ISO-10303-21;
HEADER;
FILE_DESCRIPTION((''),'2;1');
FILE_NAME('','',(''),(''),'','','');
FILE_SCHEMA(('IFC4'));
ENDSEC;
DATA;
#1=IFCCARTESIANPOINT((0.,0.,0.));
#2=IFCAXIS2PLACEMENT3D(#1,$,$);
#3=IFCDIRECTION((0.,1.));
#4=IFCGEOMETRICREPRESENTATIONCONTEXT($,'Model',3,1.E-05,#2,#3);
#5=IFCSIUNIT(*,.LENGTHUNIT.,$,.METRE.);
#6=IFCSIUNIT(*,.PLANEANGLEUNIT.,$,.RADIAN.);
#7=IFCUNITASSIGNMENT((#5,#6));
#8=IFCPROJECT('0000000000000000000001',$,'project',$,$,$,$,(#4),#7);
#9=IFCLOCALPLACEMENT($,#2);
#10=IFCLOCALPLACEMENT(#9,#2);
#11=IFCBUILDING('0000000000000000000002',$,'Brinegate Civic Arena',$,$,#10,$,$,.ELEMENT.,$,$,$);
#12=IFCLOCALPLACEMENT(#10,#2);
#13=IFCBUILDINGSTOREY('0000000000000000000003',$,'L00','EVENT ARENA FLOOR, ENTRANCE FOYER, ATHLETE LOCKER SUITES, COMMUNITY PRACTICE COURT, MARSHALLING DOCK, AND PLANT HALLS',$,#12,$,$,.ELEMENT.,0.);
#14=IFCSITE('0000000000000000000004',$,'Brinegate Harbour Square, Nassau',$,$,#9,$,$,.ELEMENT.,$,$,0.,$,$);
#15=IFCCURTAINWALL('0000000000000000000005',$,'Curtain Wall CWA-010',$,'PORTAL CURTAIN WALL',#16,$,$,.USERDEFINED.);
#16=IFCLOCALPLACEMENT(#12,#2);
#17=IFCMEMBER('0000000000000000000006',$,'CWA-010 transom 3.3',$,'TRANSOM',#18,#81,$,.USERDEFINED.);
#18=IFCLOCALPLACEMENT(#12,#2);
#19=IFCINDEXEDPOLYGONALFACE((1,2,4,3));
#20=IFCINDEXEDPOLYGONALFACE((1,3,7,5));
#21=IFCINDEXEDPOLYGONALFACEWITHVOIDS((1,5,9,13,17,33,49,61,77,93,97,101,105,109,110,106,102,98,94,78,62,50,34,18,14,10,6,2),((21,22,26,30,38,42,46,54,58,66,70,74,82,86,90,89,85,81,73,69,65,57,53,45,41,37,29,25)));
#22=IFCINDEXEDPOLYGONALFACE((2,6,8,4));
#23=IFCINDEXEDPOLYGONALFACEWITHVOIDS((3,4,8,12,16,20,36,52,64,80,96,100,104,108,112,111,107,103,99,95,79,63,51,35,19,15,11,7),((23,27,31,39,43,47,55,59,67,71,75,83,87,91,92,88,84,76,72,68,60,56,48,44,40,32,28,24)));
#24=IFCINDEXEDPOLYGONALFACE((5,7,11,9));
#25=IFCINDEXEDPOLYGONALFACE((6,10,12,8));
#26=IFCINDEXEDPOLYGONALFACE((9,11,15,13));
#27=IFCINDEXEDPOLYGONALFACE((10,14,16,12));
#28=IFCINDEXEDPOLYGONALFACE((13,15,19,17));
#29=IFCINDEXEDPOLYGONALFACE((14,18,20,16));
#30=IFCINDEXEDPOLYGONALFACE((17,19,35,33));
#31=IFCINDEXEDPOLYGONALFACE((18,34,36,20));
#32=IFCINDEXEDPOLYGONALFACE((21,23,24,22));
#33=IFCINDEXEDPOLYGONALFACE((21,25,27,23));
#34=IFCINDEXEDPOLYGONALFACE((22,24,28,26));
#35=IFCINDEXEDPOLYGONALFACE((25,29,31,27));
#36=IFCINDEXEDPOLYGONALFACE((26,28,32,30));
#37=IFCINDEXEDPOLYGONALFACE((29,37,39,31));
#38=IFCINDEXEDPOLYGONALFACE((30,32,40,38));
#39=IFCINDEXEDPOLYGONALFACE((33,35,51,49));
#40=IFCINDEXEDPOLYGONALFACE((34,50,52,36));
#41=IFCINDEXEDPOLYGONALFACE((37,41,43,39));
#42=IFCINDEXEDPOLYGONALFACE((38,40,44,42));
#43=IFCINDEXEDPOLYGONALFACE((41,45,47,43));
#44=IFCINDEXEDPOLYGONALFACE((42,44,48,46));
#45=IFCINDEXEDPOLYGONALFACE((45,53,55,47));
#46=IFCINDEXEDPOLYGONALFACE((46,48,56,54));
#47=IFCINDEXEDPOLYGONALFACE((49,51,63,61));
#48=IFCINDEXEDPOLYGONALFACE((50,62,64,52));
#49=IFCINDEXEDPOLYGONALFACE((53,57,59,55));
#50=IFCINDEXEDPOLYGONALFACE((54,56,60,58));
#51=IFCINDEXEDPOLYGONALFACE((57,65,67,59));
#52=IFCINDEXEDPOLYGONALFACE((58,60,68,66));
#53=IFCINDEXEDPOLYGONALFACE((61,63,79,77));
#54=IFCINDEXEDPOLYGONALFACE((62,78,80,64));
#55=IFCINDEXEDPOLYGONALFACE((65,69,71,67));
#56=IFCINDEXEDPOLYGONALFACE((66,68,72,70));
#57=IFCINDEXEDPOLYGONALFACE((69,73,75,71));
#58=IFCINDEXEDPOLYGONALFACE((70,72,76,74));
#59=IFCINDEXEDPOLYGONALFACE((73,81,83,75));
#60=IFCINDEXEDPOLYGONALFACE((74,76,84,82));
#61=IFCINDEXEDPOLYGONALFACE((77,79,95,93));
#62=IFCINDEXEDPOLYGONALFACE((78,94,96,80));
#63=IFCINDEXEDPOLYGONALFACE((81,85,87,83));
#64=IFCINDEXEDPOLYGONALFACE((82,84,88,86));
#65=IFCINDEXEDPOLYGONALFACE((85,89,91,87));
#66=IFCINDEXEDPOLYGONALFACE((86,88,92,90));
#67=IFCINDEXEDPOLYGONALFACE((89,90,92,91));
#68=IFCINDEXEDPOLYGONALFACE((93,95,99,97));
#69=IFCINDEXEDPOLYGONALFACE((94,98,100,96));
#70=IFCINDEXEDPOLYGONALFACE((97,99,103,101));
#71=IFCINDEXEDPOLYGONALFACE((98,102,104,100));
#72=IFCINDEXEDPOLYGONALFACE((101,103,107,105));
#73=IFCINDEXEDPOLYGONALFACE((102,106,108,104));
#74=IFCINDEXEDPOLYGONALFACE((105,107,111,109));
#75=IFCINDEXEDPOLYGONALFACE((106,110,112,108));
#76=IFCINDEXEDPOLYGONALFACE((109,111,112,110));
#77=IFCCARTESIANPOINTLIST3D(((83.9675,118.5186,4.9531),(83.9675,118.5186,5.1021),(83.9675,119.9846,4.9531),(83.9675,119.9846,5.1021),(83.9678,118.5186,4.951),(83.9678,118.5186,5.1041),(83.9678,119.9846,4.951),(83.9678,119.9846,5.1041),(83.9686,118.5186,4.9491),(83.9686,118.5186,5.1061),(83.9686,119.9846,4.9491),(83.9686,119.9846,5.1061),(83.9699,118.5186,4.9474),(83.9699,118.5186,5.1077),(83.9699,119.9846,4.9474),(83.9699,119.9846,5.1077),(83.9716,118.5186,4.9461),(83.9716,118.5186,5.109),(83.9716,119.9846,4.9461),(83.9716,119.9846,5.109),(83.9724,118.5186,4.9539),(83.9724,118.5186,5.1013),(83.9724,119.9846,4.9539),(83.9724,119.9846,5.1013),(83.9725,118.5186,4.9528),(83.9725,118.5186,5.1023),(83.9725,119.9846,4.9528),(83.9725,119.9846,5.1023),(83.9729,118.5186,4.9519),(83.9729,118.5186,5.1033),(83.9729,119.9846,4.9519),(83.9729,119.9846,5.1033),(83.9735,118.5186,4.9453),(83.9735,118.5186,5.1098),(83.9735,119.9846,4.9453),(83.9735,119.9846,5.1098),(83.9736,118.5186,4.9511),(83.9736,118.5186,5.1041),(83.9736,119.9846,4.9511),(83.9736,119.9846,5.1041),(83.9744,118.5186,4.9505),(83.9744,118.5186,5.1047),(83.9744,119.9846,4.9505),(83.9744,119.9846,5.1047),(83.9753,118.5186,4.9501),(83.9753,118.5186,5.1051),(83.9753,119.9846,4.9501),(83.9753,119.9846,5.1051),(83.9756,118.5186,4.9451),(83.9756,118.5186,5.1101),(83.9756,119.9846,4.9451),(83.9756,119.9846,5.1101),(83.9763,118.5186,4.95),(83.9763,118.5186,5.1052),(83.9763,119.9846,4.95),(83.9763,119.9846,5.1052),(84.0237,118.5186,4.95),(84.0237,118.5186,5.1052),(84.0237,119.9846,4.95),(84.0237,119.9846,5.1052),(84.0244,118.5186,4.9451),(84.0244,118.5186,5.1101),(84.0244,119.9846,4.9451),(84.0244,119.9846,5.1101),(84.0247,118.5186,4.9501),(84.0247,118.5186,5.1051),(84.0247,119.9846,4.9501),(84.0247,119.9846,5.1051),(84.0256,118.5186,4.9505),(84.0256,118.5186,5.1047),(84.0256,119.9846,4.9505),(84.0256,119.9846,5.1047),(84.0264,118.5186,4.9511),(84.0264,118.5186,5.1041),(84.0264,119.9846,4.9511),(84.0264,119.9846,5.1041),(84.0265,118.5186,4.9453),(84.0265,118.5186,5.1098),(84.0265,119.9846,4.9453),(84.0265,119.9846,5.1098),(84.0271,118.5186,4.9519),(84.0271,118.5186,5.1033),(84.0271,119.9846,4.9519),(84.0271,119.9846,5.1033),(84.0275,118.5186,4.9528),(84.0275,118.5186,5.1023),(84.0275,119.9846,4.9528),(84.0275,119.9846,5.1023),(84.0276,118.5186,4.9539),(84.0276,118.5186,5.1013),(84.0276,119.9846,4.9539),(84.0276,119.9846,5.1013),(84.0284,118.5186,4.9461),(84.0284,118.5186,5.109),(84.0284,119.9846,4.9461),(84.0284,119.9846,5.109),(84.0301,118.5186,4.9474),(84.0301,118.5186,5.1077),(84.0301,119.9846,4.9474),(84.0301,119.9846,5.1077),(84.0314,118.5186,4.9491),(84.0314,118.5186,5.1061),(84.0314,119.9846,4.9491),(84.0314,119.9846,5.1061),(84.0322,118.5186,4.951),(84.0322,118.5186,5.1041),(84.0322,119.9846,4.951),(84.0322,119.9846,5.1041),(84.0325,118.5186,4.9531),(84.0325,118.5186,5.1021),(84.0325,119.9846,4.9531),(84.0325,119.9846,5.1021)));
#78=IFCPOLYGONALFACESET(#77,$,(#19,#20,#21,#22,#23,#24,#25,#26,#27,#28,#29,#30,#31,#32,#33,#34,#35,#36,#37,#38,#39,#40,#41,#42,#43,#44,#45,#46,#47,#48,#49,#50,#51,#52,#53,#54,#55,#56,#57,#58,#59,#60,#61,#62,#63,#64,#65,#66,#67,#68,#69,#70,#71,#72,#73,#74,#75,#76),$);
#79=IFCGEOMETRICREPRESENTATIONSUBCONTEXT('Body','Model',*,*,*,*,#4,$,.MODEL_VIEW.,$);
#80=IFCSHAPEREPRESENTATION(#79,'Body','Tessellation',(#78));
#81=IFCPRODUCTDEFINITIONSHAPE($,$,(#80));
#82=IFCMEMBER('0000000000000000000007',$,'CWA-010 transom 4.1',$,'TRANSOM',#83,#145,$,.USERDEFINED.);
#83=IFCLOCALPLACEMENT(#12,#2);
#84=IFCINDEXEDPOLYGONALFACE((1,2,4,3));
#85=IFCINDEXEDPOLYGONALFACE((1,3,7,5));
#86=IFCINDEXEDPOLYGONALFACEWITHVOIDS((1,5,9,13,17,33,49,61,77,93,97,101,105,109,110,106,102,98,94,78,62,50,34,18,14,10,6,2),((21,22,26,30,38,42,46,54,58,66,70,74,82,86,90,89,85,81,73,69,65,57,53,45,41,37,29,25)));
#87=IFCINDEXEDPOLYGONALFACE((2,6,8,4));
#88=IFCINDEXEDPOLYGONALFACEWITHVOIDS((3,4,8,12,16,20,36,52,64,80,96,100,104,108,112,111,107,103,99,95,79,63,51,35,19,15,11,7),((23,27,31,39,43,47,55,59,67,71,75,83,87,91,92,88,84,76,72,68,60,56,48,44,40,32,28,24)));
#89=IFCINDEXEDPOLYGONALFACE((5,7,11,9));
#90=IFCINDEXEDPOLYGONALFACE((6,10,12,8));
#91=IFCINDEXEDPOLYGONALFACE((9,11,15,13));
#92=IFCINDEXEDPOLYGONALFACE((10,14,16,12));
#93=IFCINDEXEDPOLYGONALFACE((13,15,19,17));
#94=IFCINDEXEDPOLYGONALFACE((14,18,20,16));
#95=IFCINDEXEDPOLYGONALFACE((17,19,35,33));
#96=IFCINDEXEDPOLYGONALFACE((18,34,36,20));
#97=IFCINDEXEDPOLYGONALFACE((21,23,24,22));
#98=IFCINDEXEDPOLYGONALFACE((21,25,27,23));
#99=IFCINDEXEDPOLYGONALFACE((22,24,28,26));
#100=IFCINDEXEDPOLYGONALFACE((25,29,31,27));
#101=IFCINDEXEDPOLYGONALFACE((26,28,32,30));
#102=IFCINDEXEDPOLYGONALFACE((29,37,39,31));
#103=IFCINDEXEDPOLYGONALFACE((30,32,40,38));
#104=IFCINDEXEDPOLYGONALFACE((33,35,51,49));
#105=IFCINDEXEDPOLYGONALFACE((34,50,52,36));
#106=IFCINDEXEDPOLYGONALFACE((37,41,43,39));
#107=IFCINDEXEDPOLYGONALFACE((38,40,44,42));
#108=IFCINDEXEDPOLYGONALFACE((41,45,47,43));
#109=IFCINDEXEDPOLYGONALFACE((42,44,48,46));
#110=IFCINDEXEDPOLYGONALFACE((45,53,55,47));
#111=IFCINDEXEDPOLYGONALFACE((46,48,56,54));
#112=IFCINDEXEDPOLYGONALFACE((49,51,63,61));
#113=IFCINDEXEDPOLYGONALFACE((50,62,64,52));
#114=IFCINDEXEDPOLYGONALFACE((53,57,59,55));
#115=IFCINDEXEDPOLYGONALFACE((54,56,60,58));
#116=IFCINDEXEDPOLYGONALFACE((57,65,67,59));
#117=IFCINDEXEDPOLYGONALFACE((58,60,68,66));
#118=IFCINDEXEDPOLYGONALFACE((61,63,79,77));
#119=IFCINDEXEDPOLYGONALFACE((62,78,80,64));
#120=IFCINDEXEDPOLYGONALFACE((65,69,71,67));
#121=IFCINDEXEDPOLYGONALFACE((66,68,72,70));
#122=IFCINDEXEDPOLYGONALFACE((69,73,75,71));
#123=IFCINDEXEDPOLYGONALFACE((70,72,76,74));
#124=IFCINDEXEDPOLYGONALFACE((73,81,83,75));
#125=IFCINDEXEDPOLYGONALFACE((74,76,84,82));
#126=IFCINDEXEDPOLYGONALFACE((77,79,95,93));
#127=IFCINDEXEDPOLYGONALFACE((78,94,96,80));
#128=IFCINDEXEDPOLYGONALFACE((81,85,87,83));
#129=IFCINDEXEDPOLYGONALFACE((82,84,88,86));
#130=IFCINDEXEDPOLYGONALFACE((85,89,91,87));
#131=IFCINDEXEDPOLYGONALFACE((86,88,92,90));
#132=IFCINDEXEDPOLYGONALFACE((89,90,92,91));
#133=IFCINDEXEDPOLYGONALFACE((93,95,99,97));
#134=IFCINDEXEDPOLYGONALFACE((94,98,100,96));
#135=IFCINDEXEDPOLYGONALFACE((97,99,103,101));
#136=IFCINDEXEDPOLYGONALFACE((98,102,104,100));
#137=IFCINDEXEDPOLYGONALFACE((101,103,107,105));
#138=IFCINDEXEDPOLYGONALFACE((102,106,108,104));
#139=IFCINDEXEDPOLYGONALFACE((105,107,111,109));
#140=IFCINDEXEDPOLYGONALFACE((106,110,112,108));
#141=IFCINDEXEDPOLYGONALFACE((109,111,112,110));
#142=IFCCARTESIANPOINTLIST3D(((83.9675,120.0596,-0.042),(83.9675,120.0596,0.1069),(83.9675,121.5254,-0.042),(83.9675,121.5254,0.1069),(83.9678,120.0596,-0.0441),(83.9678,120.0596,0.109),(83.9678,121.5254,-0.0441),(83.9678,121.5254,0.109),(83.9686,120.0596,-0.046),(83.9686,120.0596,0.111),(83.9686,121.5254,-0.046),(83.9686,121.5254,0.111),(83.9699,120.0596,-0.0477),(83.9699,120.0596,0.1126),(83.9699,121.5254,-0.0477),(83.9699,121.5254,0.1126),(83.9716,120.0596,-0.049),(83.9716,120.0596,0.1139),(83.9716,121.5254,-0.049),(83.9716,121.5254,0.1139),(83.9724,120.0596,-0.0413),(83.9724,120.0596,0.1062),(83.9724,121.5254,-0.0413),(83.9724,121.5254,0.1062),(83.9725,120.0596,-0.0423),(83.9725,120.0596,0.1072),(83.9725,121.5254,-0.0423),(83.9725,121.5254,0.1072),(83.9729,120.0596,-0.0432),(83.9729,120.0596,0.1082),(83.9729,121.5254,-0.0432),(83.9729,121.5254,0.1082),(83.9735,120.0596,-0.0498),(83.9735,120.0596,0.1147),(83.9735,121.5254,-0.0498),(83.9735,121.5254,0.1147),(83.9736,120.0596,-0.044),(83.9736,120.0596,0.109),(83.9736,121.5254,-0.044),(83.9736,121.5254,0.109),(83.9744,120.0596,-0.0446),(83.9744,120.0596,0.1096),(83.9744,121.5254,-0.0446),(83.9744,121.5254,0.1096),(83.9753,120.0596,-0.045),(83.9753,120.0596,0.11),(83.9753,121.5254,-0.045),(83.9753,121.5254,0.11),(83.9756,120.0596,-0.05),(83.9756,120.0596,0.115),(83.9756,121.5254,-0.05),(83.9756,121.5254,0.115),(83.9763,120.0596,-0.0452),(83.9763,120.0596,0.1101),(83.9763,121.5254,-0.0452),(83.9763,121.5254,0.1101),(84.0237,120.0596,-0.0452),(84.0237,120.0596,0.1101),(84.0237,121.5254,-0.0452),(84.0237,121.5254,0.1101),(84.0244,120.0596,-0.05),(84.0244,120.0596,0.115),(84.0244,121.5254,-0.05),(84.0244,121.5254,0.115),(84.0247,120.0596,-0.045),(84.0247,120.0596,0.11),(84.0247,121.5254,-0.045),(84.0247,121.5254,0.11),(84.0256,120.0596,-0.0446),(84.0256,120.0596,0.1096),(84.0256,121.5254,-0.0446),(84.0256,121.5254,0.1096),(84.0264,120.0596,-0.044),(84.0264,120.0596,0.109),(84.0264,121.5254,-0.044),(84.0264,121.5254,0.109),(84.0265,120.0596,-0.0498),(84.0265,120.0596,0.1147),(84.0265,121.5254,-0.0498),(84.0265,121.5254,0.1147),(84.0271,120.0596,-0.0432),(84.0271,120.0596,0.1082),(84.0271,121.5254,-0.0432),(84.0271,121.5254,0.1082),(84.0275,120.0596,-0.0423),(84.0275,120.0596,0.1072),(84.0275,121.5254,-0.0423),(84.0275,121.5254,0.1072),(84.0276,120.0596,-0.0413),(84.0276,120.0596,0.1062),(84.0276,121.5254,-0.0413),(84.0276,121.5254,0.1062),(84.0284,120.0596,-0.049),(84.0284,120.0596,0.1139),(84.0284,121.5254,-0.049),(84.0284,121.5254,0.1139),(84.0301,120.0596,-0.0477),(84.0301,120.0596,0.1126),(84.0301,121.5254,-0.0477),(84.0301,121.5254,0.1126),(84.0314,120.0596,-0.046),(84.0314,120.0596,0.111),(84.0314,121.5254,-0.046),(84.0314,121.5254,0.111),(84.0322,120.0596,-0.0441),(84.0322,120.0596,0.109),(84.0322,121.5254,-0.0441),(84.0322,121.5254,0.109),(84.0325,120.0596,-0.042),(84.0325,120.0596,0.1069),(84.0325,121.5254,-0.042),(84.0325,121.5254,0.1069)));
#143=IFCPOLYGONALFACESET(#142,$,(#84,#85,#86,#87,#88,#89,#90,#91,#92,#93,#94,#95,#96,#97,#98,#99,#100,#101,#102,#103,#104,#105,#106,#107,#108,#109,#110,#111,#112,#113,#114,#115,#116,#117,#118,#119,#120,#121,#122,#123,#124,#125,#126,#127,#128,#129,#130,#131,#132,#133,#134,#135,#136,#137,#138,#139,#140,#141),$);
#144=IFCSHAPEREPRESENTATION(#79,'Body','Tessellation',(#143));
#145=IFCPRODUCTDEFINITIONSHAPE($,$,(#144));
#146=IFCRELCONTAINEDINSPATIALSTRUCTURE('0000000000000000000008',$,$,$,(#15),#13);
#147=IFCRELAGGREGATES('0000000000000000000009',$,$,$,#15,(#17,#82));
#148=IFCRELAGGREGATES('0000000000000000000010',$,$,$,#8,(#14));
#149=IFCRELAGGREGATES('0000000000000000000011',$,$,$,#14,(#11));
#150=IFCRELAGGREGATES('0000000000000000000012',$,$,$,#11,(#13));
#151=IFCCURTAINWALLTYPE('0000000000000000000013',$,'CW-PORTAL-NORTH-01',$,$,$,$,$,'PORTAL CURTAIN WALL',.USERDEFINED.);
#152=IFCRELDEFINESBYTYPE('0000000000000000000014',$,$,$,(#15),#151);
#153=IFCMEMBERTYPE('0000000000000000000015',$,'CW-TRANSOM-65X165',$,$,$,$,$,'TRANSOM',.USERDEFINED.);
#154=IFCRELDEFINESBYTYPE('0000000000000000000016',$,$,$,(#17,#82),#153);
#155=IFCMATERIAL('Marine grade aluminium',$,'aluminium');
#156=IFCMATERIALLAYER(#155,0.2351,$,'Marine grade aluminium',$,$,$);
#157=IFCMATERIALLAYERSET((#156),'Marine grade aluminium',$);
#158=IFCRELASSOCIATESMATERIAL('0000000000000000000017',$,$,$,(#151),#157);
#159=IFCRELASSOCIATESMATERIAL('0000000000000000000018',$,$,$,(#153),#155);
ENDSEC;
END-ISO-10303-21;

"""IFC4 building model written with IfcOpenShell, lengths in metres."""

from ifc_helpers import new_model, si_unit, direction, frame, origin, origin_2d, place, context, subcontext, project, spatial, hollow_rectangle, extrude, material, layer, layer_set, material_profile, profile_set, type_object, element, aggregate, save


model = new_model("IFC4")

# Units and contexts
model_context = context("Model", 3, precision=1e-05, world=origin(), true_north=direction((0.0, 1.0)))
body_context = subcontext(model_context, "Body", "Model", "MODEL_VIEW")
ifc_project = project(units=[si_unit("LENGTHUNIT", "METRE"), si_unit("PLANEANGLEUNIT", "RADIAN")], contexts=[model_context])

# Site, building, storey
site_placement = place(None, origin())
site = spatial("IfcSite", under=ifc_project, at=site_placement, Name="Brinegate Harbour Square, Nassau", CompositionType="ELEMENT", RefElevation=0.0)
building_placement = place(site_placement, origin())
building = spatial("IfcBuilding", under=site, at=building_placement, Name="Brinegate Civic Arena", CompositionType="ELEMENT")
storey_placement = place(building_placement, origin())
storey = spatial("IfcBuildingStorey", under=building, at=storey_placement, Name="L00", Description="EVENT ARENA FLOOR, ENTRANCE FOYER, ATHLETE LOCKER SUITES, COMMUNITY PRACTICE COURT, MARSHALLING DOCK, AND PLANT HALLS", CompositionType="ELEMENT", Elevation=0.0)

# Curtain wall, members
ifc_material_1 = material(Name="Marine grade aluminium", Category="aluminium")
ifc_layer_1 = layer(ifc_material_1, 0.2351, Name="Marine grade aluminium")
ifc_layer_set_1 = layer_set([ifc_layer_1], Name="Marine grade aluminium")
curtain_wall_type = type_object("IfcCurtainWallType", Name="CW-PORTAL-NORTH-01", ElementType="PORTAL CURTAIN WALL", PredefinedType="USERDEFINED", material=ifc_layer_set_1)
curtain_wall_placement = place(storey_placement, origin())
curtain_wall = element("IfcCurtainWall", 1, at=curtain_wall_placement, inside=storey, type_object=curtain_wall_type, Name="Curtain Wall CWA-010", ObjectType="PORTAL CURTAIN WALL", PredefinedType="USERDEFINED")
ifc_material_profile_1 = material_profile(ifc_material_1, hollow_rectangle(XDim=0.0649, YDim=0.165, WallThickness=0.0049, InnerFilletRadius=0.0039, OuterFilletRadius=0.0081, at=origin_2d()), Name="TRN65X165")
ifc_profile_set_1 = profile_set([ifc_material_profile_1], Name="Marine grade aluminium")
member_type_1 = type_object("IfcMemberType", Name="CW-TRANSOM-65X165", ElementType="TRANSOM", PredefinedType="USERDEFINED", material=ifc_profile_set_1)
member_1_placement = place(storey_placement, frame((84.0, 118.5186, 5.0276), z_axis=(0.0, 1.0, 0.0), x_axis=(-1.0, 0.0, 0.0)))
member_1 = element("IfcMember", 2, at=member_1_placement, type_object=member_type_1, Name="CWA-010 transom 3.3", ObjectType="TRANSOM", PredefinedType="USERDEFINED", context=body_context, shape_type="SweptSolid", body=[
    extrude(hollow_rectangle(XDim=0.0649, YDim=0.165, WallThickness=0.0049, InnerFilletRadius=0.0039, OuterFilletRadius=0.0081, at=origin_2d()), origin(), (0.0, 0.0, 1.0), 1.4661),
])
member_2_placement = place(storey_placement, frame((84.0, 120.0596, 0.0325), z_axis=(0.0, 1.0, 0.0), x_axis=(-1.0, 0.0, 0.0)))
member_2 = element("IfcMember", 3, at=member_2_placement, type_object=member_type_1, Name="CWA-010 transom 4.1", ObjectType="TRANSOM", PredefinedType="USERDEFINED", context=body_context, shape_type="SweptSolid", body=[
    extrude(hollow_rectangle(XDim=0.0649, YDim=0.165, WallThickness=0.0049, InnerFilletRadius=0.0039, OuterFilletRadius=0.0081, at=origin_2d()), origin(), (0.0, 0.0, 1.0), 1.4658),
])
aggregate(curtain_wall, [member_1, member_2])

save(model, "model.ifc")
